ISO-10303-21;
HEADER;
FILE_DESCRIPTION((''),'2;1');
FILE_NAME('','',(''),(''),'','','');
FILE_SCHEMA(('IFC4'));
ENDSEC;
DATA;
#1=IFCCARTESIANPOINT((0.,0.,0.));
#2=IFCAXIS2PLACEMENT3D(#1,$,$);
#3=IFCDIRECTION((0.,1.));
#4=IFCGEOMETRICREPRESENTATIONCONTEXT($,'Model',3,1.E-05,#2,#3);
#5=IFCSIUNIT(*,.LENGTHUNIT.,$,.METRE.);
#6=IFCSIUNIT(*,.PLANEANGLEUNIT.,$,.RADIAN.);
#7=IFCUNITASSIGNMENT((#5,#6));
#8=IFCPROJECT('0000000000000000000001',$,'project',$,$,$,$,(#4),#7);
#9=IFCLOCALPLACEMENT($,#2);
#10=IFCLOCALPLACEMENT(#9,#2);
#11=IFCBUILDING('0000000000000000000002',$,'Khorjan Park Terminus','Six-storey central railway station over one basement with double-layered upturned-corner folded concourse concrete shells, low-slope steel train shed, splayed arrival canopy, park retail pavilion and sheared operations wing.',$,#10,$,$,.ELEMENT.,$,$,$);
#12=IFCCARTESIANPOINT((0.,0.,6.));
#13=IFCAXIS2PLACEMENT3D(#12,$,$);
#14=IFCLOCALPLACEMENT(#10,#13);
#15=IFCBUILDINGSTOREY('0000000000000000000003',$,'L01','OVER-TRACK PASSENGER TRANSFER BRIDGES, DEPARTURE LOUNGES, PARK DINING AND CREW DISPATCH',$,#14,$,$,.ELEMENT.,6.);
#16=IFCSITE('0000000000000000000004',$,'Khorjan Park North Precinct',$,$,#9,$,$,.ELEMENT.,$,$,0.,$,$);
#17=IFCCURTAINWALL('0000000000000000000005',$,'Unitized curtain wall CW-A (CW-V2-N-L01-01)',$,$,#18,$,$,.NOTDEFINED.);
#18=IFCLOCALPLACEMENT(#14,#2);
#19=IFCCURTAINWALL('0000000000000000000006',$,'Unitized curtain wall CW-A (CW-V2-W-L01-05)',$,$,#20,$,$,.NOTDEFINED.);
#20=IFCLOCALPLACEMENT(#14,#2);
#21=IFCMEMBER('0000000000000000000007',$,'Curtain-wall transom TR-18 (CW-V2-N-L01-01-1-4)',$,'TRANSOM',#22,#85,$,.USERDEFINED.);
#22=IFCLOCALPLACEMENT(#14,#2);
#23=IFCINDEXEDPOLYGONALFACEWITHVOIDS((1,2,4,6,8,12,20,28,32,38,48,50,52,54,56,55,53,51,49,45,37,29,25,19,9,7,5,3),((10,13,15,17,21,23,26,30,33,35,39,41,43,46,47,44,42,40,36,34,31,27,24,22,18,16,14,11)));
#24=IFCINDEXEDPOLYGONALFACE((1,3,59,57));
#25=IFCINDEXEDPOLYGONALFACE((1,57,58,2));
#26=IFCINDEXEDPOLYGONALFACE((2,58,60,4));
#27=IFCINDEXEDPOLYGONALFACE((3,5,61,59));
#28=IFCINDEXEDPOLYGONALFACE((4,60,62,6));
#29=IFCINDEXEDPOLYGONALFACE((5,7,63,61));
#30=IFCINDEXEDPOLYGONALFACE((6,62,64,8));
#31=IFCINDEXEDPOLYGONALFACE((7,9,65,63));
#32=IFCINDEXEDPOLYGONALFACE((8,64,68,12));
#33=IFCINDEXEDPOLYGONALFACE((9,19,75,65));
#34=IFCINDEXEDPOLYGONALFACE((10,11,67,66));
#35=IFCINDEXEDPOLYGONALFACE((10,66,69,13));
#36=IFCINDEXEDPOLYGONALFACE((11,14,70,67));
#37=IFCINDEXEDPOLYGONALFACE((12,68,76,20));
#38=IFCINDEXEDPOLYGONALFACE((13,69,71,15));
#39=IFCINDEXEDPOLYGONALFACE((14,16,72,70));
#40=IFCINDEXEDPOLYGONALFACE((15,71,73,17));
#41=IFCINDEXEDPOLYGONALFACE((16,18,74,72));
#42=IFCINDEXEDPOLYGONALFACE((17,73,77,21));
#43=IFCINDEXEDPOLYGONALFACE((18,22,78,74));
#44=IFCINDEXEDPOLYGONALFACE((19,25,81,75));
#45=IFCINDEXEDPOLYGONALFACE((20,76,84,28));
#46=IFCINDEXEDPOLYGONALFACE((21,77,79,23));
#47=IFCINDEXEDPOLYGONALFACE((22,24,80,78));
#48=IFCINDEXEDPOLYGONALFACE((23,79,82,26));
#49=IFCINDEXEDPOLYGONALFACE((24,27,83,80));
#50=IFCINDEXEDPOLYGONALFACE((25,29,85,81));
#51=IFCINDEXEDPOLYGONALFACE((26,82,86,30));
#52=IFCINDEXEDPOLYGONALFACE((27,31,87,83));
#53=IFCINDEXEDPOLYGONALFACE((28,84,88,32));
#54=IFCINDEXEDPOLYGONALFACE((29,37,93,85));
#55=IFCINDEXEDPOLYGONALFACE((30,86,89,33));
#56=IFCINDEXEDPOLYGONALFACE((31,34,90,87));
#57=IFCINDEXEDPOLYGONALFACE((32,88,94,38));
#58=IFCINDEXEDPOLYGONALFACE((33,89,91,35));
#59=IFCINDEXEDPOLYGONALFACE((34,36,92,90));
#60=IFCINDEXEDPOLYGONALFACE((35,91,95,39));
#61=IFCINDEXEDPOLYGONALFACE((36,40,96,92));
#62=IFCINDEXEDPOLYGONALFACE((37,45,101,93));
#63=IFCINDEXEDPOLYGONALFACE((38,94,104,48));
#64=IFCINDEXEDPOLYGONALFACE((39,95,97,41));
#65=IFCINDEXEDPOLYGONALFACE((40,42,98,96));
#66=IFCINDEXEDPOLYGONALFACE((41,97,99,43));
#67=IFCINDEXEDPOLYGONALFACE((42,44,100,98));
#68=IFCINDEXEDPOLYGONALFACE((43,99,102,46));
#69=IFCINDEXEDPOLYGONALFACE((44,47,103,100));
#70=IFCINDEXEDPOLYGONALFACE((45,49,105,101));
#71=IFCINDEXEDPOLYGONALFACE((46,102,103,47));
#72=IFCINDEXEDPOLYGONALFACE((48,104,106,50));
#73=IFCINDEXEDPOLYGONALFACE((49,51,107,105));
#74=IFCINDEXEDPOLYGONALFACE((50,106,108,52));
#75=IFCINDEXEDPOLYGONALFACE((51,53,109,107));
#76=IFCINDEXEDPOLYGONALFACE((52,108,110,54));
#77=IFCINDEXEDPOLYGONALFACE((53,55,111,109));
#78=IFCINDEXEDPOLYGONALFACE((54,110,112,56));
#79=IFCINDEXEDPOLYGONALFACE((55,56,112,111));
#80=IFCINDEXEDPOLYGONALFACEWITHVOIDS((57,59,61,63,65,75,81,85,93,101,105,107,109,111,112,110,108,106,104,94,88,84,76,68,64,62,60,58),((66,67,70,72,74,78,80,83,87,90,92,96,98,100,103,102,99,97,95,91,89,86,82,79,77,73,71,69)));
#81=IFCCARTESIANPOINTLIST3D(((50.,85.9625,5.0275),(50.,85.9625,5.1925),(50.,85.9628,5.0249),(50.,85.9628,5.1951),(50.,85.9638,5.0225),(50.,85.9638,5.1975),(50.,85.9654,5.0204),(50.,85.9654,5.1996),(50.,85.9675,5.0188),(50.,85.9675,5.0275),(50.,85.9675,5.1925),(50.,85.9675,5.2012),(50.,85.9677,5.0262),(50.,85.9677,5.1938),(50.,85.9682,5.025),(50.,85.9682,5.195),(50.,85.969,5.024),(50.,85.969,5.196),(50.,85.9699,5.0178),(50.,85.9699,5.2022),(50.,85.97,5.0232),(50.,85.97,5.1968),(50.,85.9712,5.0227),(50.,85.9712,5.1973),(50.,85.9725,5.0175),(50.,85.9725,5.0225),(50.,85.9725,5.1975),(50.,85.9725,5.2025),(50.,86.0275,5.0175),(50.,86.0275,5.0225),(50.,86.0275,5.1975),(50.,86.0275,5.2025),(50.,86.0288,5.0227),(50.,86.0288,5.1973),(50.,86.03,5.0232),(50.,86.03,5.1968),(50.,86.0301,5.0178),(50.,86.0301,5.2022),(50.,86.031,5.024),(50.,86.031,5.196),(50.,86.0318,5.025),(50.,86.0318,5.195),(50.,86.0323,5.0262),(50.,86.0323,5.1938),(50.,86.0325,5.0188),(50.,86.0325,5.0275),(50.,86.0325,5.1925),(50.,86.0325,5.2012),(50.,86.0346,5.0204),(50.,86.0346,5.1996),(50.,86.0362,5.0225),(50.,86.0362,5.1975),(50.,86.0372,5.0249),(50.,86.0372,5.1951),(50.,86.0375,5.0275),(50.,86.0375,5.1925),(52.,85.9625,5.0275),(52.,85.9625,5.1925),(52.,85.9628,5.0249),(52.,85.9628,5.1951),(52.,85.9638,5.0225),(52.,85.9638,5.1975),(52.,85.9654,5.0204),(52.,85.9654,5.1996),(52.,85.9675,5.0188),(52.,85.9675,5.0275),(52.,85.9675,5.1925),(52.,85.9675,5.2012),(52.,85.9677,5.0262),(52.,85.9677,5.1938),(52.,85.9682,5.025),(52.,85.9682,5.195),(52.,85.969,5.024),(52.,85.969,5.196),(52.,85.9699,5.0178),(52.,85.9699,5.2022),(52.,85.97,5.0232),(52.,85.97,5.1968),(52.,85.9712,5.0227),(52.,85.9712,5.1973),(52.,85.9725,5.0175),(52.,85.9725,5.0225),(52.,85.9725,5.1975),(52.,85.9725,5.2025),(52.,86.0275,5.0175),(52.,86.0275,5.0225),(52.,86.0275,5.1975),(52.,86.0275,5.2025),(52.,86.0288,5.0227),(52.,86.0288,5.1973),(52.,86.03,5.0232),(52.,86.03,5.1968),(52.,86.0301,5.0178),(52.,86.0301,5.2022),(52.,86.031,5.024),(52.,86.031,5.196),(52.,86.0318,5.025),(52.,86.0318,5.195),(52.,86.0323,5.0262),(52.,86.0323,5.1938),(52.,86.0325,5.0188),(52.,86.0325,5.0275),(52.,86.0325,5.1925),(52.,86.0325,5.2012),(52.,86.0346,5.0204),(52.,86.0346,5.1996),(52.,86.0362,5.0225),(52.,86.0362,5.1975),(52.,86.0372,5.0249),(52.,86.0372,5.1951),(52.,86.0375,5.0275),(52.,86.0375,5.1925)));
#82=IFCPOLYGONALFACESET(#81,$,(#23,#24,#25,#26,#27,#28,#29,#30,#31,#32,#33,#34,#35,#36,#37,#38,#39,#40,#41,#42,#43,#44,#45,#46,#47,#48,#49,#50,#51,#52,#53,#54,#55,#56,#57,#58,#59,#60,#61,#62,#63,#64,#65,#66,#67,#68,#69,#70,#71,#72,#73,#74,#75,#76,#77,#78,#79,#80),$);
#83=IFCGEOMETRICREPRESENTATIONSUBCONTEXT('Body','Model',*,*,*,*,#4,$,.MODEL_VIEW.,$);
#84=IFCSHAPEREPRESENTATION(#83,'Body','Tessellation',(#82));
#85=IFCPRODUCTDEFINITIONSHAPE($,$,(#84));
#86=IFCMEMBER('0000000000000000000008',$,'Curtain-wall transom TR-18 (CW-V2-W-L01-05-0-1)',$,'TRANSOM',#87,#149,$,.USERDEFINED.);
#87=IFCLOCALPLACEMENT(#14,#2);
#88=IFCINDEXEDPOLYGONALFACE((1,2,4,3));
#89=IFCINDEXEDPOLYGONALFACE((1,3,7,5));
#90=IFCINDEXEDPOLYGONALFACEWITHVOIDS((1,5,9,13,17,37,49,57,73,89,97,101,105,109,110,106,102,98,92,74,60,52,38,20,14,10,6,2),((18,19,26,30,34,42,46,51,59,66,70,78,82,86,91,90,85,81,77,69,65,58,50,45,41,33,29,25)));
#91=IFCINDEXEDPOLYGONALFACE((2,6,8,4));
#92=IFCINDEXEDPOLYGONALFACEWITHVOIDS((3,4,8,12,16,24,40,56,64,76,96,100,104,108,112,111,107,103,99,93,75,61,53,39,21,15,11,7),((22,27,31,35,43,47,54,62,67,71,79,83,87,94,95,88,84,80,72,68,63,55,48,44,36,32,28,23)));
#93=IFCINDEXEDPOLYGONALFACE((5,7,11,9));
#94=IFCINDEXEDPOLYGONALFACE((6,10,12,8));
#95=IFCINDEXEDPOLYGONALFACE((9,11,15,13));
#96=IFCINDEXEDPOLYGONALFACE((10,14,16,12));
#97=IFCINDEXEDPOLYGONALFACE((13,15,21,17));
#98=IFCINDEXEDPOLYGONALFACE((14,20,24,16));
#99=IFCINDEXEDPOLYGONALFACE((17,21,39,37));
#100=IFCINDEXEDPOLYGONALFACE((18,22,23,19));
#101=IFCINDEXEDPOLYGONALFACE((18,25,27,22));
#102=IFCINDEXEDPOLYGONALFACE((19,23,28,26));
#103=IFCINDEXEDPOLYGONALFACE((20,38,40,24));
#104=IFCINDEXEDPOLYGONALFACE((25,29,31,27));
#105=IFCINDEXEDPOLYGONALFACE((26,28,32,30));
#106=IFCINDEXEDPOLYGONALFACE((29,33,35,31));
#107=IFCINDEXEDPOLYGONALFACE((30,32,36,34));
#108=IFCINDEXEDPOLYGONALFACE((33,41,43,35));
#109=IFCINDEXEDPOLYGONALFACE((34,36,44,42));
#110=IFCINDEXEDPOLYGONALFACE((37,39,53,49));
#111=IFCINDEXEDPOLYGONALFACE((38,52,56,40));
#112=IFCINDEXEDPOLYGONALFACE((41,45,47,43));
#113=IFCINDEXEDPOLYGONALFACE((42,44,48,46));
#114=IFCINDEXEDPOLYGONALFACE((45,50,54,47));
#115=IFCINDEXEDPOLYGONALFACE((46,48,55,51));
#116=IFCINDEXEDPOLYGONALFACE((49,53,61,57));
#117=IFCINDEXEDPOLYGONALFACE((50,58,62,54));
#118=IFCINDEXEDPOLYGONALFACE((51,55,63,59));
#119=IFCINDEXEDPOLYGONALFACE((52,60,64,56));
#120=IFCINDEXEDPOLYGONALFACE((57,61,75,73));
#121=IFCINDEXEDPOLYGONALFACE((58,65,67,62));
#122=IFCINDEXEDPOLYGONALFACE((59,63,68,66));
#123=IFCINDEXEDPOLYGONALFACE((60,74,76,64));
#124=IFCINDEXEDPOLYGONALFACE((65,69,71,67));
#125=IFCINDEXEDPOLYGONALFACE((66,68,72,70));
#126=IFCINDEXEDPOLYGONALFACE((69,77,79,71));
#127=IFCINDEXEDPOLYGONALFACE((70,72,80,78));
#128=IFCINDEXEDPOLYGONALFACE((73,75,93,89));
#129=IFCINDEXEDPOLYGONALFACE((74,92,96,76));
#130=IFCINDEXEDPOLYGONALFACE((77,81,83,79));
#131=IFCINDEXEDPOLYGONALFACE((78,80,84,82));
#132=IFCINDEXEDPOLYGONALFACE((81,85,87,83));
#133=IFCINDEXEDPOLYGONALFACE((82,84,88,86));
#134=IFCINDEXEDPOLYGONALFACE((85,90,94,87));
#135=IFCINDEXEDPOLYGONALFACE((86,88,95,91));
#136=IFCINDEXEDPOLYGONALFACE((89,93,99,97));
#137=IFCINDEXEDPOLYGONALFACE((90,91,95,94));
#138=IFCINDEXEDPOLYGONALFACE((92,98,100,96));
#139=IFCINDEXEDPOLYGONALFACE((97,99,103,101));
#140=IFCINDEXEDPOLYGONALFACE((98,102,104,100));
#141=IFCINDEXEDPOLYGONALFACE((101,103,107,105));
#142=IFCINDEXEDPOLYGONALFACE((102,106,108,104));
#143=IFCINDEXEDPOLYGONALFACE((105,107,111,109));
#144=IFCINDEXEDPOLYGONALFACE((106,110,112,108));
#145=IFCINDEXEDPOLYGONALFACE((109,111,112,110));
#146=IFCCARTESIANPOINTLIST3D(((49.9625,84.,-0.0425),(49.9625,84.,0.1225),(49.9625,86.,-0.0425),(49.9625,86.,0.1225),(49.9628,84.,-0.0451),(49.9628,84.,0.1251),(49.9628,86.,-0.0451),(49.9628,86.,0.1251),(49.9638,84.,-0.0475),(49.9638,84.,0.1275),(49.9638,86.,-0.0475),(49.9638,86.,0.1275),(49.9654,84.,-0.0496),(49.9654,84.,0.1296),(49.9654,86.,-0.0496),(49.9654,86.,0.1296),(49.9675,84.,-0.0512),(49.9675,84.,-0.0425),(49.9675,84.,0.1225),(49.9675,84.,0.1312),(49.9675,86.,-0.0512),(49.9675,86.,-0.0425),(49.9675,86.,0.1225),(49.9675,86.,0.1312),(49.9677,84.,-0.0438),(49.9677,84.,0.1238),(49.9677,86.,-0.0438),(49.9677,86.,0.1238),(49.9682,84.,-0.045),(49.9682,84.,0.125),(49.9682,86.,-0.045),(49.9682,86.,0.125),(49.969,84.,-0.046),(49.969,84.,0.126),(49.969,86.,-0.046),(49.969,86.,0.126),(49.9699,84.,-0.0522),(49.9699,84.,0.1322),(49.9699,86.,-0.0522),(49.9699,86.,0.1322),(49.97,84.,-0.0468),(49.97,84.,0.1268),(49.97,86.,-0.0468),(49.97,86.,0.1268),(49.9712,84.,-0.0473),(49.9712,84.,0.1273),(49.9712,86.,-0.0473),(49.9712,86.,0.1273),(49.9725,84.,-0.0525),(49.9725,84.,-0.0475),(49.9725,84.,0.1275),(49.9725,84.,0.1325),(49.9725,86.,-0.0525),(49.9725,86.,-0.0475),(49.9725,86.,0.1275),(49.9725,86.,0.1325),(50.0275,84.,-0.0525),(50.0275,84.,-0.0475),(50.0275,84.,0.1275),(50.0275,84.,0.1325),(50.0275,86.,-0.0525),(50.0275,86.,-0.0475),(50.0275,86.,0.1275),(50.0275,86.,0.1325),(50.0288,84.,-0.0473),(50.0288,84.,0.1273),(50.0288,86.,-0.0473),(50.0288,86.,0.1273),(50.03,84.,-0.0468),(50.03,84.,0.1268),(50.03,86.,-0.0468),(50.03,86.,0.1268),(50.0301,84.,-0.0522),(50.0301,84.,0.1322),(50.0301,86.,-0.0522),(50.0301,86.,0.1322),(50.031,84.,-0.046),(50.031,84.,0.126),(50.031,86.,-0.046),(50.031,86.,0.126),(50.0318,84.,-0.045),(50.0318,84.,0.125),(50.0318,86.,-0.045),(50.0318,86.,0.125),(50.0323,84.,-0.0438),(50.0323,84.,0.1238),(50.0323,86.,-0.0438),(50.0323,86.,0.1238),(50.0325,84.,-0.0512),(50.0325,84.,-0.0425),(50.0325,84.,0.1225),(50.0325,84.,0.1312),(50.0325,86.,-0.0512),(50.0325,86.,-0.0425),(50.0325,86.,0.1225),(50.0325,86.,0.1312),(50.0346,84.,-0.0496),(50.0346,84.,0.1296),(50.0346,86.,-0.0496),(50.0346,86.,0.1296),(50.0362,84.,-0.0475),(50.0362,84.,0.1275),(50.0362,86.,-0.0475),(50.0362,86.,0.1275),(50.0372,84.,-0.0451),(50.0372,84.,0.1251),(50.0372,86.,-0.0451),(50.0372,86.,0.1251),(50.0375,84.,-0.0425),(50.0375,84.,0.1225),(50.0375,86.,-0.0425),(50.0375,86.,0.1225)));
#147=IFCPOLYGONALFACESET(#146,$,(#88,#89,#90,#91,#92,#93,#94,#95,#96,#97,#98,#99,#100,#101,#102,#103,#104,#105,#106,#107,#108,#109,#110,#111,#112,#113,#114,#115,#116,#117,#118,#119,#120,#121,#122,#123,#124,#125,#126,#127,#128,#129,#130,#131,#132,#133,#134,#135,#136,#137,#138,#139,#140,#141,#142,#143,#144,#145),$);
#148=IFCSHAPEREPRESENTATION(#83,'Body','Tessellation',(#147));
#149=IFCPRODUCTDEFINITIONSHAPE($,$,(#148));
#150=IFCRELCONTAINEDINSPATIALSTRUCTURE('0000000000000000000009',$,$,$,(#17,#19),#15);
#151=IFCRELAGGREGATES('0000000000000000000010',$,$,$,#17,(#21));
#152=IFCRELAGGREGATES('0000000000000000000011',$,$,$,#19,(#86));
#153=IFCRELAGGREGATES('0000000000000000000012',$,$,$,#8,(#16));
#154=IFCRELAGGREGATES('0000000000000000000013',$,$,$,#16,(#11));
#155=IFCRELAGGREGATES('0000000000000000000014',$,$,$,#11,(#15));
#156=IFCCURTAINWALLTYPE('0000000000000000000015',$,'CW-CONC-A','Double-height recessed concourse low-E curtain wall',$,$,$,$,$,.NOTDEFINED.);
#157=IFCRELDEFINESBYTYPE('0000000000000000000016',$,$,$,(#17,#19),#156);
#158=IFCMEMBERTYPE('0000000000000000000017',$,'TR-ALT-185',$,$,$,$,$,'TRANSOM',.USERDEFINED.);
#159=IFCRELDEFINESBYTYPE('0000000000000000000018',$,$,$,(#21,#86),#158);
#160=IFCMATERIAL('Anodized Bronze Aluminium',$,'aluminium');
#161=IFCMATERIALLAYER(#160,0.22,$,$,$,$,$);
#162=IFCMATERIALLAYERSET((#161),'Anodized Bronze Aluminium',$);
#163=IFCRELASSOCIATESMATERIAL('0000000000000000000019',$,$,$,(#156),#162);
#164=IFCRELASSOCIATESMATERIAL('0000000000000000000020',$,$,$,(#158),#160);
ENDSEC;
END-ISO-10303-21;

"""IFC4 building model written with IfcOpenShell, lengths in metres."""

from ifc_helpers import new_model, si_unit, direction, frame, origin, origin_2d, place, context, subcontext, project, spatial, hollow_rectangle, extrude, material, layer, layer_set, material_profile, profile_set, type_object, element, aggregate, save


model = new_model("IFC4")

# Units and contexts
model_context = context("Model", 3, precision=1e-05, world=origin(), true_north=direction((0.0, 1.0)))
body_context = subcontext(model_context, "Body", "Model", "MODEL_VIEW")
ifc_project = project(units=[si_unit("LENGTHUNIT", "METRE"), si_unit("PLANEANGLEUNIT", "RADIAN")], contexts=[model_context])

# Site, building, storey
site_placement = place(None, origin())
site = spatial("IfcSite", under=ifc_project, at=site_placement, Name="Khorjan Park North Precinct", CompositionType="ELEMENT", RefElevation=0.0)
building_placement = place(site_placement, origin())
building = spatial("IfcBuilding", under=site, at=building_placement, Name="Khorjan Park Terminus", Description="Six-storey central railway station over one basement with double-layered upturned-corner folded concourse concrete shells, low-slope steel train shed, splayed arrival canopy, park retail pavilion and sheared operations wing.", CompositionType="ELEMENT")
storey_placement = place(building_placement, frame((0.0, 0.0, 6.0)))
storey = spatial("IfcBuildingStorey", under=building, at=storey_placement, Name="L01", Description="OVER-TRACK PASSENGER TRANSFER BRIDGES, DEPARTURE LOUNGES, PARK DINING AND CREW DISPATCH", CompositionType="ELEMENT", Elevation=6.0)

# Curtain wall
ifc_material_1 = material(Name="Anodized Bronze Aluminium", Category="aluminium")
ifc_layer_1 = layer(ifc_material_1, 0.22)
ifc_layer_set_1 = layer_set([ifc_layer_1], Name="Anodized Bronze Aluminium")
curtain_wall_type_1 = type_object("IfcCurtainWallType", Name="CW-CONC-A", Description="Double-height recessed concourse low-E curtain wall", PredefinedType="NOTDEFINED", material=ifc_layer_set_1)
curtain_wall_1_placement = place(storey_placement, origin())
curtain_wall_1 = element("IfcCurtainWall", 1, at=curtain_wall_1_placement, inside=storey, type_object=curtain_wall_type_1, Name="Unitized curtain wall CW-A (CW-V2-N-L01-01)", PredefinedType="NOTDEFINED")

# Curtain wall
curtain_wall_2_placement = place(storey_placement, origin())
curtain_wall_2 = element("IfcCurtainWall", 2, at=curtain_wall_2_placement, inside=storey, type_object=curtain_wall_type_1, Name="Unitized curtain wall CW-A (CW-V2-W-L01-05)", PredefinedType="NOTDEFINED")

# Members
ifc_material_profile_1 = material_profile(ifc_material_1, hollow_rectangle(XDim=0.075, YDim=0.185, WallThickness=0.005, InnerFilletRadius=0.005, OuterFilletRadius=0.01, at=origin_2d()), Name="ALT 75x185x5")
ifc_profile_set_1 = profile_set([ifc_material_profile_1], Name="Anodized Bronze Aluminium")
member_type_1 = type_object("IfcMemberType", Name="TR-ALT-185", ElementType="TRANSOM", PredefinedType="USERDEFINED", material=ifc_profile_set_1)
member_1_placement = place(storey_placement, frame((52.0, 86.0, 5.11), z_axis=(-1.0, 0.0, 0.0), x_axis=(0.0, -1.0, 0.0)))
member_1 = element("IfcMember", 3, at=member_1_placement, type_object=member_type_1, Name="Curtain-wall transom TR-18 (CW-V2-N-L01-01-1-4)", ObjectType="TRANSOM", PredefinedType="USERDEFINED", context=body_context, shape_type="SweptSolid", body=[
    extrude(hollow_rectangle(XDim=0.075, YDim=0.185, WallThickness=0.005, InnerFilletRadius=0.005, OuterFilletRadius=0.01, at=origin_2d()), origin(), (0.0, 0.0, 1.0), 2.0),
])
member_2_placement = place(storey_placement, frame((50.0, 86.0, 0.04), z_axis=(0.0, -1.0, 0.0), x_axis=(1.0, 0.0, 0.0)))
member_2 = element("IfcMember", 4, at=member_2_placement, type_object=member_type_1, Name="Curtain-wall transom TR-18 (CW-V2-W-L01-05-0-1)", ObjectType="TRANSOM", PredefinedType="USERDEFINED", context=body_context, shape_type="SweptSolid", body=[
    extrude(hollow_rectangle(XDim=0.075, YDim=0.185, WallThickness=0.005, InnerFilletRadius=0.005, OuterFilletRadius=0.01, at=origin_2d()), origin(), (0.0, 0.0, 1.0), 2.0),
])

aggregate(curtain_wall_1, [member_1])
aggregate(curtain_wall_2, [member_2])

save(model, "model.ifc")
